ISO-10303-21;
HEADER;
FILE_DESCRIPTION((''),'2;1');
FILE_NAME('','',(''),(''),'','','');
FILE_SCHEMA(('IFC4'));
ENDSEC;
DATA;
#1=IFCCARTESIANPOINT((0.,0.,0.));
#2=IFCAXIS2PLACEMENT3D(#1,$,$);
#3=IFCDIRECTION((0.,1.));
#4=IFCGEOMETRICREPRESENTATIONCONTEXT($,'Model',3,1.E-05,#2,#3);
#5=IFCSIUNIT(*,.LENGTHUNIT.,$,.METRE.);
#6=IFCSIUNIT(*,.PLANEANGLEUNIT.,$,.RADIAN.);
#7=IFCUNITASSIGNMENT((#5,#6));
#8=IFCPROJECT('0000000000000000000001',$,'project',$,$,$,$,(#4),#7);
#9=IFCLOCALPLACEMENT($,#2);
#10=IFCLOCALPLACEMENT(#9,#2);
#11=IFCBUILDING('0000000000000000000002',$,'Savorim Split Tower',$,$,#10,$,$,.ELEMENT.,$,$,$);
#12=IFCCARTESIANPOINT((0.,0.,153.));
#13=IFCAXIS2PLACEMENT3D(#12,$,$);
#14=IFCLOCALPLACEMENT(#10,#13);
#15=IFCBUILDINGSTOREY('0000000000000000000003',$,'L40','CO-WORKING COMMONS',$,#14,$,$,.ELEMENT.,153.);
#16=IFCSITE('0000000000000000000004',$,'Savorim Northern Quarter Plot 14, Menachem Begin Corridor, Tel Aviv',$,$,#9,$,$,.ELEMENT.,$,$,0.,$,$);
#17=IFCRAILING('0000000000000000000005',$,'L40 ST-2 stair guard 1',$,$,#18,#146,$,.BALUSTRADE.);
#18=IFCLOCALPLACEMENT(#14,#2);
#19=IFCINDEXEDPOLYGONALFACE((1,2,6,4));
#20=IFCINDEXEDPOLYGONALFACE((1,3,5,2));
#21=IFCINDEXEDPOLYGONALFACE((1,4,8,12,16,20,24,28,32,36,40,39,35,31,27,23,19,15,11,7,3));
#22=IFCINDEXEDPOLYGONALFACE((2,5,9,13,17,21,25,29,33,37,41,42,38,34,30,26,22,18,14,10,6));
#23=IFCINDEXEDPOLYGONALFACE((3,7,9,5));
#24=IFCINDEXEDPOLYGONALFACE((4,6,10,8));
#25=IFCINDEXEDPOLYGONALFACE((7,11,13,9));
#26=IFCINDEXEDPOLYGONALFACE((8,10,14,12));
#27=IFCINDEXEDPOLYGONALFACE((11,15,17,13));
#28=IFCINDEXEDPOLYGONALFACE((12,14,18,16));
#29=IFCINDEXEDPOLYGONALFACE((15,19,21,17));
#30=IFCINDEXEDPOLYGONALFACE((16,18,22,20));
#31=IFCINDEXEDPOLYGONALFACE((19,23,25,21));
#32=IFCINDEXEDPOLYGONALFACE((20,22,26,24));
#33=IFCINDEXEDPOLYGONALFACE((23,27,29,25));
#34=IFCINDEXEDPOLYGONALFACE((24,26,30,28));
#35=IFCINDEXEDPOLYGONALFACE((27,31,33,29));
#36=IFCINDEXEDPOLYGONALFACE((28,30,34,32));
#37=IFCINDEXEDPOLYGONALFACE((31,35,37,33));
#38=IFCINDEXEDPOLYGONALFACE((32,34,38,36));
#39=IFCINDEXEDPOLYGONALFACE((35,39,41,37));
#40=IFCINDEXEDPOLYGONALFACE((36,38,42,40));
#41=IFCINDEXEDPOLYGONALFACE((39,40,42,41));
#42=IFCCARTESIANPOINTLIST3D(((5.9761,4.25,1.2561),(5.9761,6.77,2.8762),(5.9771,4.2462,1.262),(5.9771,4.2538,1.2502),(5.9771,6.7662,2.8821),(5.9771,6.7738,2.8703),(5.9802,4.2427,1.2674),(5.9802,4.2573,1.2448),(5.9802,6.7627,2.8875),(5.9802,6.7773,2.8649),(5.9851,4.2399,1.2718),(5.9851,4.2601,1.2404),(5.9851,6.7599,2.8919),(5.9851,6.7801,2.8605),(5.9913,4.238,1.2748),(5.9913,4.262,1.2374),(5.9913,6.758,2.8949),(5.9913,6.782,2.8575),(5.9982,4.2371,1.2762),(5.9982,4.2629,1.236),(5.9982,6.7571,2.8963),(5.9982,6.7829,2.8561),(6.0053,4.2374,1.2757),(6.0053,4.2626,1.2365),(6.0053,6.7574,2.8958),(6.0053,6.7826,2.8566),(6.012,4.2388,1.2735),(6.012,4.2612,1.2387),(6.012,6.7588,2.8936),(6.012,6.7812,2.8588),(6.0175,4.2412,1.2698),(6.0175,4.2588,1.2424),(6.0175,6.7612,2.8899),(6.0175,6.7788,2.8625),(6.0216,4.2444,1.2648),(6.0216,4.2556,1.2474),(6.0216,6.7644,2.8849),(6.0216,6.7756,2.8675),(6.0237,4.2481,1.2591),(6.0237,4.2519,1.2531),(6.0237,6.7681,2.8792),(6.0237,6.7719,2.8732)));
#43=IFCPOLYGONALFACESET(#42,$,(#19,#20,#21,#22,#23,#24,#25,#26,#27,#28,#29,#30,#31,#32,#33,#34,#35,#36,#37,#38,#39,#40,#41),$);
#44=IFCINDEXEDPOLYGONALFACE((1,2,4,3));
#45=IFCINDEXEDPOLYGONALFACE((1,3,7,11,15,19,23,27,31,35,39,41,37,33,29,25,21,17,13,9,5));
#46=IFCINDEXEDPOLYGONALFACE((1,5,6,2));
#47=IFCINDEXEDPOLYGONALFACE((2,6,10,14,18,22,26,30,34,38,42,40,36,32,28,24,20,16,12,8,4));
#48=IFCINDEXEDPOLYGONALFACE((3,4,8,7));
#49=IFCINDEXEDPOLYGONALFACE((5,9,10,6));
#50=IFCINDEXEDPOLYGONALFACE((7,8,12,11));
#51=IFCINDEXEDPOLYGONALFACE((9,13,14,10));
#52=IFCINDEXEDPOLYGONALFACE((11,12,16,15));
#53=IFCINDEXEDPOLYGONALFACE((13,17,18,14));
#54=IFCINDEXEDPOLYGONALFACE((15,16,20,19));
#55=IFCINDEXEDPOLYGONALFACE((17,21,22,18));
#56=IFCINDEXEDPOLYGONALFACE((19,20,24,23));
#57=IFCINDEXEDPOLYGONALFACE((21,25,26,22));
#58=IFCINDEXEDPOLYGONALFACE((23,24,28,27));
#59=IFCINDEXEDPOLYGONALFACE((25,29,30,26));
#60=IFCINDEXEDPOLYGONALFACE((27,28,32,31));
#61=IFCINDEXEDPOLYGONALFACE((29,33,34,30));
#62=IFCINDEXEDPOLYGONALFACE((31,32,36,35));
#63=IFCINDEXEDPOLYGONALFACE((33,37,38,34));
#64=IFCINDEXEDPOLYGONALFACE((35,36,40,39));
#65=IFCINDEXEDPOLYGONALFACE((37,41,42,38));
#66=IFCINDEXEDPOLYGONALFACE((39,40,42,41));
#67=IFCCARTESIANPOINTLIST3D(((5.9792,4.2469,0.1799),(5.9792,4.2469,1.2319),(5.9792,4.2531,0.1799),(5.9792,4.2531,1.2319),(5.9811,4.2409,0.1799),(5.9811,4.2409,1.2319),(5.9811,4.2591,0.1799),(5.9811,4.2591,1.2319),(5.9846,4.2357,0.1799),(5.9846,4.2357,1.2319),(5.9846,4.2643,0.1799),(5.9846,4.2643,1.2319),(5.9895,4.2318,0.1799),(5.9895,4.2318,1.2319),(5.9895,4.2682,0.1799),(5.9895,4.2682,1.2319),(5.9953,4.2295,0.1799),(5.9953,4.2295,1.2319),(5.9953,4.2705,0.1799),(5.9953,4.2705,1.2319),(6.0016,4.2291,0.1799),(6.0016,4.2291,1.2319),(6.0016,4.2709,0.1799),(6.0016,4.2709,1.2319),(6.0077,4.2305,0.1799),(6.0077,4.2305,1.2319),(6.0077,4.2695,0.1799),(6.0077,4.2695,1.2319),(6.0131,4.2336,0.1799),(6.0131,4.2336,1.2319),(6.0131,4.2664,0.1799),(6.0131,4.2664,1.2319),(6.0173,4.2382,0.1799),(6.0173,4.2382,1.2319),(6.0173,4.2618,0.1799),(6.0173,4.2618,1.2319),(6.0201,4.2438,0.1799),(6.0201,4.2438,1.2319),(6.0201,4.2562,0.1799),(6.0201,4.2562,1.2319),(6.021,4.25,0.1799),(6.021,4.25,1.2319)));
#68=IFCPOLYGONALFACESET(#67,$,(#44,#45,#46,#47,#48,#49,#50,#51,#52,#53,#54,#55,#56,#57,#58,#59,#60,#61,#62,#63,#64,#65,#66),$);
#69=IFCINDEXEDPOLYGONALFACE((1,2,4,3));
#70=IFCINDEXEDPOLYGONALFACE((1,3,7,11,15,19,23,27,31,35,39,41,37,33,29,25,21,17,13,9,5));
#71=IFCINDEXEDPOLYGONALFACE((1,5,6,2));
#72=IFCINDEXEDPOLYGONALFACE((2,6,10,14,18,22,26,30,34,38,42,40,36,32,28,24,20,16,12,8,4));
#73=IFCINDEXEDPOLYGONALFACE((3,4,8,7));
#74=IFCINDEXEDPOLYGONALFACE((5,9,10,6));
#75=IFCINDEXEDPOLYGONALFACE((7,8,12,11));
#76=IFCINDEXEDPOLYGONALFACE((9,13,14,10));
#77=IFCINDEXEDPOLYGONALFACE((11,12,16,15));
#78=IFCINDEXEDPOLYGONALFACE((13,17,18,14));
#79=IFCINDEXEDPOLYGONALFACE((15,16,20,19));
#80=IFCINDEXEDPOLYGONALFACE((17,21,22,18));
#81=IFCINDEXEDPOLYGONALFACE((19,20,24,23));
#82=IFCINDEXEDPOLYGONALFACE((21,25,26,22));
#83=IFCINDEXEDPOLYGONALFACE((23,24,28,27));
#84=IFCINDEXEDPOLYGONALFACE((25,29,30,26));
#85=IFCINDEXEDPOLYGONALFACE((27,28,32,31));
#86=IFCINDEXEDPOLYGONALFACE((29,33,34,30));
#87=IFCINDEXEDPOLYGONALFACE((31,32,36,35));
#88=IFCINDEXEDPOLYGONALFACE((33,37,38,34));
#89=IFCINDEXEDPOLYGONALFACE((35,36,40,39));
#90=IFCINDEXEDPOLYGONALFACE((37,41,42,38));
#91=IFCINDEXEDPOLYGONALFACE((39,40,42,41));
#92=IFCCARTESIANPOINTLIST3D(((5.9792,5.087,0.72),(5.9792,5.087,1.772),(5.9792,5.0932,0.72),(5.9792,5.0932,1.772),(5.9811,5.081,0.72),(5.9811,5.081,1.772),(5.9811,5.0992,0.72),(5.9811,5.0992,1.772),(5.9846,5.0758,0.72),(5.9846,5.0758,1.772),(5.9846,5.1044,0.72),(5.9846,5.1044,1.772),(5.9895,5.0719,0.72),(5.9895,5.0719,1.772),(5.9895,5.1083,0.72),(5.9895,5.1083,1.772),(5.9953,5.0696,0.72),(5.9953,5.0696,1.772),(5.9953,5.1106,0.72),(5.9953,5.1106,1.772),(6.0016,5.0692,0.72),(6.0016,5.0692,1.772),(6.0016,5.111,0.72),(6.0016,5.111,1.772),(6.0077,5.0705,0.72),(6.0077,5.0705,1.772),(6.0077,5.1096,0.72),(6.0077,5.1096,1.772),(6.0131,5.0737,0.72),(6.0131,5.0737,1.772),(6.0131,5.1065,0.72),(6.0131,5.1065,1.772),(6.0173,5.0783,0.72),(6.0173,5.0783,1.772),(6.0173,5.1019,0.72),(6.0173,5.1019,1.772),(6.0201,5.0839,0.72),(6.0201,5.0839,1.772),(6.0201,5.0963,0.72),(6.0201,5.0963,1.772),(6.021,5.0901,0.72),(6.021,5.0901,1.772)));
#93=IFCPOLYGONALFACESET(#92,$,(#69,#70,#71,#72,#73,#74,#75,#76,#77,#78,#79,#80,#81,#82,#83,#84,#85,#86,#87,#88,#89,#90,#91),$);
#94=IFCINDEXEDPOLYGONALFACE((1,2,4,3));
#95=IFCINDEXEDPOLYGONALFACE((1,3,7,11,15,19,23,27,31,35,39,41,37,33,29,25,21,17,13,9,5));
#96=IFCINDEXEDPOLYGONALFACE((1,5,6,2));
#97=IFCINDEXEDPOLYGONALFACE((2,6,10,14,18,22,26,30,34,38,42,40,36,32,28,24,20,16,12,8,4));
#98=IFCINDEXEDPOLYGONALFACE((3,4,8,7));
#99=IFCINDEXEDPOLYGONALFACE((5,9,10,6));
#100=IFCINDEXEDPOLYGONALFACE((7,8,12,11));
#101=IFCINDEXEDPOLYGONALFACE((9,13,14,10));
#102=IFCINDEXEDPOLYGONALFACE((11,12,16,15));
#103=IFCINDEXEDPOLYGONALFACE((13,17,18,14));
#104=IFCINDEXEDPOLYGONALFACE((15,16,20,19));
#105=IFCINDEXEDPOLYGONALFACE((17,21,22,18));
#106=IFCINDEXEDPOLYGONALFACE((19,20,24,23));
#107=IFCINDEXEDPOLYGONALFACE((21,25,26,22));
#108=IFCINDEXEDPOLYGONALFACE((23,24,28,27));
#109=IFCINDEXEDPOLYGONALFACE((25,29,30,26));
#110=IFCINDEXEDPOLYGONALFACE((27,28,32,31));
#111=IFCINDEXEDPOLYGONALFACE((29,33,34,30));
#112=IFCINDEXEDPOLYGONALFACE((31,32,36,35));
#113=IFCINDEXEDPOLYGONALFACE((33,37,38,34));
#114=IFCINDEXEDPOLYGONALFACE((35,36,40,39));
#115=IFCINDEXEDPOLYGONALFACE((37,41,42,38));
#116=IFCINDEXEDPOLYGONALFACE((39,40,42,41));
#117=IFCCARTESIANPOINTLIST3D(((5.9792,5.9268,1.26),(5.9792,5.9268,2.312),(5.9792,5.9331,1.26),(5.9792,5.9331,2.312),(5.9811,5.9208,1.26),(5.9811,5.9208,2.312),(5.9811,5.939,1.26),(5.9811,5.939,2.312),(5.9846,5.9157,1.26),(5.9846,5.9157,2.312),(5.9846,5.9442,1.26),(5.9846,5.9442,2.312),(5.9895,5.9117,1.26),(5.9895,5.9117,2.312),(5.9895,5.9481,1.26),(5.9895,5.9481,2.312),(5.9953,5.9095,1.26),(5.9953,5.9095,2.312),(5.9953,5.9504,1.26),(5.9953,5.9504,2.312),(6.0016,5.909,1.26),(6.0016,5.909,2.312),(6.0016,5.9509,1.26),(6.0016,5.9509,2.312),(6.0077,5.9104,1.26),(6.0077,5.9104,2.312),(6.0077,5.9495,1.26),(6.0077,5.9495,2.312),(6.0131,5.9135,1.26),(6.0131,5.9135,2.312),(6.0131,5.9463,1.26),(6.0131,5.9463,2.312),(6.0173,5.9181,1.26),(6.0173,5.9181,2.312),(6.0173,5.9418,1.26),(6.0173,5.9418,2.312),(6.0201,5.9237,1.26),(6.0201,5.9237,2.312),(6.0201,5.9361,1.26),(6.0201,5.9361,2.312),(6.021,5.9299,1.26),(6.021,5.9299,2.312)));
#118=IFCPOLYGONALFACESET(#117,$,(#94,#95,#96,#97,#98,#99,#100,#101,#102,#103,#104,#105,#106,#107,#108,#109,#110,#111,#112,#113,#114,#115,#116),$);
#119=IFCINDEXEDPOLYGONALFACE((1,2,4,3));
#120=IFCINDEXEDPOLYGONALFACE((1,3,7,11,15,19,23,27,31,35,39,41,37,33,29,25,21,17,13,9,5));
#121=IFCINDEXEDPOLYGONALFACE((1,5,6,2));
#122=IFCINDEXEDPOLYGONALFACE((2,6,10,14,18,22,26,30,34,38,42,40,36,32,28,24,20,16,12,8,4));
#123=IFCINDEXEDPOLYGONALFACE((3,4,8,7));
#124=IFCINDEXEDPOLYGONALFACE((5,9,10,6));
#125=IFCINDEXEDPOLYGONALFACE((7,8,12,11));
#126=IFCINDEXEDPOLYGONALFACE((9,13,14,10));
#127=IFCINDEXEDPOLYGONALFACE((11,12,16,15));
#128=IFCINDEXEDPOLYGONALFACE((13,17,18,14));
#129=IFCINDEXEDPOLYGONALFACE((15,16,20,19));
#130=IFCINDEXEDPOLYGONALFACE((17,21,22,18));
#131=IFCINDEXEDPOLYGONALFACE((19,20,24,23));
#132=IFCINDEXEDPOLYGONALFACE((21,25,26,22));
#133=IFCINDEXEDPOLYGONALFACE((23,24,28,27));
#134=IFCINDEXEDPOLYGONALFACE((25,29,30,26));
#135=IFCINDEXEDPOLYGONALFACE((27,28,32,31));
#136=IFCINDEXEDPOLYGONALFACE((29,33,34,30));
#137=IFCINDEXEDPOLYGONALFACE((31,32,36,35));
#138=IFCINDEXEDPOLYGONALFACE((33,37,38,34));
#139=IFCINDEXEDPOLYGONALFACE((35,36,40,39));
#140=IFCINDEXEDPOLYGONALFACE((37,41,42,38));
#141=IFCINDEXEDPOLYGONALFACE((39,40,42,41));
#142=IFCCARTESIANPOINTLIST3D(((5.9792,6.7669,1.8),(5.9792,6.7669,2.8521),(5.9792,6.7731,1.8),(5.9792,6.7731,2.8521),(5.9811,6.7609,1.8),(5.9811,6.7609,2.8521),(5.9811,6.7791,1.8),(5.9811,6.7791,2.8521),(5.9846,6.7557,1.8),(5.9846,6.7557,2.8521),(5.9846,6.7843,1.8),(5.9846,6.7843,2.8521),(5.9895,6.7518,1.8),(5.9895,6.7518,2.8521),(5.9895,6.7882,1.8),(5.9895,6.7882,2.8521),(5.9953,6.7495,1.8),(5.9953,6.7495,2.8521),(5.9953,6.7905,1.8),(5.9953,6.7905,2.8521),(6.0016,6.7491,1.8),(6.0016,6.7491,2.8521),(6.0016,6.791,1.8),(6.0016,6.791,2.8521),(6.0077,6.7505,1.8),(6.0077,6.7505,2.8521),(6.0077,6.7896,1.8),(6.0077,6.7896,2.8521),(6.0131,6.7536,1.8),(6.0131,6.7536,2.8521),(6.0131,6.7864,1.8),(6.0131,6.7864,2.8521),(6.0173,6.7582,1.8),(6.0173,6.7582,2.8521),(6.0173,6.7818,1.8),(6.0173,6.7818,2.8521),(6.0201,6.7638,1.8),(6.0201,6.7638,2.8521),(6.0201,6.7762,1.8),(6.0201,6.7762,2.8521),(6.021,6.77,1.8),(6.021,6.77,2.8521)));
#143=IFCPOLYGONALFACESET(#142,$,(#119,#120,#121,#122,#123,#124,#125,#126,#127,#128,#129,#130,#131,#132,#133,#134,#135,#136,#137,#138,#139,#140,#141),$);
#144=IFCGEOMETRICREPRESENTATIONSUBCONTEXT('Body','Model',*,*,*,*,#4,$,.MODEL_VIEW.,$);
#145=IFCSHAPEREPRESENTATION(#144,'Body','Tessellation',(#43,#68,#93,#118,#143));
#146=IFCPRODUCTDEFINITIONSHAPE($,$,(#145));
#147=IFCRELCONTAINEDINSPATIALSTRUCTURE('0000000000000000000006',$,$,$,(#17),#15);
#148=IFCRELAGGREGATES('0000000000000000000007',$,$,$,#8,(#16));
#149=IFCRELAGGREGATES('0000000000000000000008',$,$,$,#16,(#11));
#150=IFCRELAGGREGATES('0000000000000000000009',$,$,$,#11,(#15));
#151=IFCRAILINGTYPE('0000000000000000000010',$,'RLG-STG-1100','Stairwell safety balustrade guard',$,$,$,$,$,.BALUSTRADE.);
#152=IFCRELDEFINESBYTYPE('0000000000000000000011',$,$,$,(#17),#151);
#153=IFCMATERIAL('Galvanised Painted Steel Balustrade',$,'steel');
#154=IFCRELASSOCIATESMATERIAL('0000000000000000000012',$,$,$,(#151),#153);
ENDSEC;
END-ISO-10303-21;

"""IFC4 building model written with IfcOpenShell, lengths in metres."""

from ifc_helpers import new_model, si_unit, direction, frame, origin, origin_2d, place, context, subcontext, project, spatial, circle, extrude, material, type_object, element, save


model = new_model("IFC4")

# Units and contexts
model_context = context("Model", 3, precision=1e-05, world=origin(), true_north=direction((0.0, 1.0)))
body_context = subcontext(model_context, "Body", "Model", "MODEL_VIEW")
ifc_project = project(units=[si_unit("LENGTHUNIT", "METRE"), si_unit("PLANEANGLEUNIT", "RADIAN")], contexts=[model_context])

# Site, building, storey
site_placement = place(None, origin())
site = spatial("IfcSite", under=ifc_project, at=site_placement, Name="Savorim Northern Quarter Plot 14, Menachem Begin Corridor, Tel Aviv", CompositionType="ELEMENT", RefElevation=0.0)
building_placement = place(site_placement, origin())
building = spatial("IfcBuilding", under=site, at=building_placement, Name="Savorim Split Tower", CompositionType="ELEMENT")
storey_placement = place(building_placement, frame((0.0, 0.0, 153.0)))
storey = spatial("IfcBuildingStorey", under=building, at=storey_placement, Name="L40", Description="CO-WORKING COMMONS", CompositionType="ELEMENT", Elevation=153.0)

# Railing
ifc_material_1 = material(Name="Galvanised Painted Steel Balustrade", Category="steel")
railing_type_1 = type_object("IfcRailingType", Name="RLG-STG-1100", Description="Stairwell safety balustrade guard", PredefinedType="BALUSTRADE", material=ifc_material_1)
railing_1_placement = place(storey_placement, frame((6.0, 4.25, 0.1799)))
element("IfcRailing", 1, at=railing_1_placement, inside=storey, type_object=railing_type_1, Name="L40 ST-2 stair guard 1", PredefinedType="BALUSTRADE", context=body_context, shape_type="SweptSolid", body=[
    extrude(circle(Radius=0.0239, at=origin_2d()), frame((0.0, 0.0, 1.0762), z_axis=(0.0, 0.841163, 0.540782), x_axis=(-1.0, 0.0, 0.0)), (0.0, 0.0, 1.0), 2.9958),
    extrude(circle(Radius=0.021, at=origin_2d()), origin(), (0.0, 0.0, 1.0), 1.052),
    extrude(circle(Radius=0.021, at=origin_2d()), frame((0.0, 0.8401, 0.54)), (0.0, 0.0, 1.0), 1.052),
    extrude(circle(Radius=0.021, at=origin_2d()), frame((0.0, 1.6799, 1.0801)), (0.0, 0.0, 1.0), 1.052),
    extrude(circle(Radius=0.021, at=origin_2d()), frame((0.0, 2.52, 1.6201)), (0.0, 0.0, 1.0), 1.052),
])

save(model, "model.ifc")
